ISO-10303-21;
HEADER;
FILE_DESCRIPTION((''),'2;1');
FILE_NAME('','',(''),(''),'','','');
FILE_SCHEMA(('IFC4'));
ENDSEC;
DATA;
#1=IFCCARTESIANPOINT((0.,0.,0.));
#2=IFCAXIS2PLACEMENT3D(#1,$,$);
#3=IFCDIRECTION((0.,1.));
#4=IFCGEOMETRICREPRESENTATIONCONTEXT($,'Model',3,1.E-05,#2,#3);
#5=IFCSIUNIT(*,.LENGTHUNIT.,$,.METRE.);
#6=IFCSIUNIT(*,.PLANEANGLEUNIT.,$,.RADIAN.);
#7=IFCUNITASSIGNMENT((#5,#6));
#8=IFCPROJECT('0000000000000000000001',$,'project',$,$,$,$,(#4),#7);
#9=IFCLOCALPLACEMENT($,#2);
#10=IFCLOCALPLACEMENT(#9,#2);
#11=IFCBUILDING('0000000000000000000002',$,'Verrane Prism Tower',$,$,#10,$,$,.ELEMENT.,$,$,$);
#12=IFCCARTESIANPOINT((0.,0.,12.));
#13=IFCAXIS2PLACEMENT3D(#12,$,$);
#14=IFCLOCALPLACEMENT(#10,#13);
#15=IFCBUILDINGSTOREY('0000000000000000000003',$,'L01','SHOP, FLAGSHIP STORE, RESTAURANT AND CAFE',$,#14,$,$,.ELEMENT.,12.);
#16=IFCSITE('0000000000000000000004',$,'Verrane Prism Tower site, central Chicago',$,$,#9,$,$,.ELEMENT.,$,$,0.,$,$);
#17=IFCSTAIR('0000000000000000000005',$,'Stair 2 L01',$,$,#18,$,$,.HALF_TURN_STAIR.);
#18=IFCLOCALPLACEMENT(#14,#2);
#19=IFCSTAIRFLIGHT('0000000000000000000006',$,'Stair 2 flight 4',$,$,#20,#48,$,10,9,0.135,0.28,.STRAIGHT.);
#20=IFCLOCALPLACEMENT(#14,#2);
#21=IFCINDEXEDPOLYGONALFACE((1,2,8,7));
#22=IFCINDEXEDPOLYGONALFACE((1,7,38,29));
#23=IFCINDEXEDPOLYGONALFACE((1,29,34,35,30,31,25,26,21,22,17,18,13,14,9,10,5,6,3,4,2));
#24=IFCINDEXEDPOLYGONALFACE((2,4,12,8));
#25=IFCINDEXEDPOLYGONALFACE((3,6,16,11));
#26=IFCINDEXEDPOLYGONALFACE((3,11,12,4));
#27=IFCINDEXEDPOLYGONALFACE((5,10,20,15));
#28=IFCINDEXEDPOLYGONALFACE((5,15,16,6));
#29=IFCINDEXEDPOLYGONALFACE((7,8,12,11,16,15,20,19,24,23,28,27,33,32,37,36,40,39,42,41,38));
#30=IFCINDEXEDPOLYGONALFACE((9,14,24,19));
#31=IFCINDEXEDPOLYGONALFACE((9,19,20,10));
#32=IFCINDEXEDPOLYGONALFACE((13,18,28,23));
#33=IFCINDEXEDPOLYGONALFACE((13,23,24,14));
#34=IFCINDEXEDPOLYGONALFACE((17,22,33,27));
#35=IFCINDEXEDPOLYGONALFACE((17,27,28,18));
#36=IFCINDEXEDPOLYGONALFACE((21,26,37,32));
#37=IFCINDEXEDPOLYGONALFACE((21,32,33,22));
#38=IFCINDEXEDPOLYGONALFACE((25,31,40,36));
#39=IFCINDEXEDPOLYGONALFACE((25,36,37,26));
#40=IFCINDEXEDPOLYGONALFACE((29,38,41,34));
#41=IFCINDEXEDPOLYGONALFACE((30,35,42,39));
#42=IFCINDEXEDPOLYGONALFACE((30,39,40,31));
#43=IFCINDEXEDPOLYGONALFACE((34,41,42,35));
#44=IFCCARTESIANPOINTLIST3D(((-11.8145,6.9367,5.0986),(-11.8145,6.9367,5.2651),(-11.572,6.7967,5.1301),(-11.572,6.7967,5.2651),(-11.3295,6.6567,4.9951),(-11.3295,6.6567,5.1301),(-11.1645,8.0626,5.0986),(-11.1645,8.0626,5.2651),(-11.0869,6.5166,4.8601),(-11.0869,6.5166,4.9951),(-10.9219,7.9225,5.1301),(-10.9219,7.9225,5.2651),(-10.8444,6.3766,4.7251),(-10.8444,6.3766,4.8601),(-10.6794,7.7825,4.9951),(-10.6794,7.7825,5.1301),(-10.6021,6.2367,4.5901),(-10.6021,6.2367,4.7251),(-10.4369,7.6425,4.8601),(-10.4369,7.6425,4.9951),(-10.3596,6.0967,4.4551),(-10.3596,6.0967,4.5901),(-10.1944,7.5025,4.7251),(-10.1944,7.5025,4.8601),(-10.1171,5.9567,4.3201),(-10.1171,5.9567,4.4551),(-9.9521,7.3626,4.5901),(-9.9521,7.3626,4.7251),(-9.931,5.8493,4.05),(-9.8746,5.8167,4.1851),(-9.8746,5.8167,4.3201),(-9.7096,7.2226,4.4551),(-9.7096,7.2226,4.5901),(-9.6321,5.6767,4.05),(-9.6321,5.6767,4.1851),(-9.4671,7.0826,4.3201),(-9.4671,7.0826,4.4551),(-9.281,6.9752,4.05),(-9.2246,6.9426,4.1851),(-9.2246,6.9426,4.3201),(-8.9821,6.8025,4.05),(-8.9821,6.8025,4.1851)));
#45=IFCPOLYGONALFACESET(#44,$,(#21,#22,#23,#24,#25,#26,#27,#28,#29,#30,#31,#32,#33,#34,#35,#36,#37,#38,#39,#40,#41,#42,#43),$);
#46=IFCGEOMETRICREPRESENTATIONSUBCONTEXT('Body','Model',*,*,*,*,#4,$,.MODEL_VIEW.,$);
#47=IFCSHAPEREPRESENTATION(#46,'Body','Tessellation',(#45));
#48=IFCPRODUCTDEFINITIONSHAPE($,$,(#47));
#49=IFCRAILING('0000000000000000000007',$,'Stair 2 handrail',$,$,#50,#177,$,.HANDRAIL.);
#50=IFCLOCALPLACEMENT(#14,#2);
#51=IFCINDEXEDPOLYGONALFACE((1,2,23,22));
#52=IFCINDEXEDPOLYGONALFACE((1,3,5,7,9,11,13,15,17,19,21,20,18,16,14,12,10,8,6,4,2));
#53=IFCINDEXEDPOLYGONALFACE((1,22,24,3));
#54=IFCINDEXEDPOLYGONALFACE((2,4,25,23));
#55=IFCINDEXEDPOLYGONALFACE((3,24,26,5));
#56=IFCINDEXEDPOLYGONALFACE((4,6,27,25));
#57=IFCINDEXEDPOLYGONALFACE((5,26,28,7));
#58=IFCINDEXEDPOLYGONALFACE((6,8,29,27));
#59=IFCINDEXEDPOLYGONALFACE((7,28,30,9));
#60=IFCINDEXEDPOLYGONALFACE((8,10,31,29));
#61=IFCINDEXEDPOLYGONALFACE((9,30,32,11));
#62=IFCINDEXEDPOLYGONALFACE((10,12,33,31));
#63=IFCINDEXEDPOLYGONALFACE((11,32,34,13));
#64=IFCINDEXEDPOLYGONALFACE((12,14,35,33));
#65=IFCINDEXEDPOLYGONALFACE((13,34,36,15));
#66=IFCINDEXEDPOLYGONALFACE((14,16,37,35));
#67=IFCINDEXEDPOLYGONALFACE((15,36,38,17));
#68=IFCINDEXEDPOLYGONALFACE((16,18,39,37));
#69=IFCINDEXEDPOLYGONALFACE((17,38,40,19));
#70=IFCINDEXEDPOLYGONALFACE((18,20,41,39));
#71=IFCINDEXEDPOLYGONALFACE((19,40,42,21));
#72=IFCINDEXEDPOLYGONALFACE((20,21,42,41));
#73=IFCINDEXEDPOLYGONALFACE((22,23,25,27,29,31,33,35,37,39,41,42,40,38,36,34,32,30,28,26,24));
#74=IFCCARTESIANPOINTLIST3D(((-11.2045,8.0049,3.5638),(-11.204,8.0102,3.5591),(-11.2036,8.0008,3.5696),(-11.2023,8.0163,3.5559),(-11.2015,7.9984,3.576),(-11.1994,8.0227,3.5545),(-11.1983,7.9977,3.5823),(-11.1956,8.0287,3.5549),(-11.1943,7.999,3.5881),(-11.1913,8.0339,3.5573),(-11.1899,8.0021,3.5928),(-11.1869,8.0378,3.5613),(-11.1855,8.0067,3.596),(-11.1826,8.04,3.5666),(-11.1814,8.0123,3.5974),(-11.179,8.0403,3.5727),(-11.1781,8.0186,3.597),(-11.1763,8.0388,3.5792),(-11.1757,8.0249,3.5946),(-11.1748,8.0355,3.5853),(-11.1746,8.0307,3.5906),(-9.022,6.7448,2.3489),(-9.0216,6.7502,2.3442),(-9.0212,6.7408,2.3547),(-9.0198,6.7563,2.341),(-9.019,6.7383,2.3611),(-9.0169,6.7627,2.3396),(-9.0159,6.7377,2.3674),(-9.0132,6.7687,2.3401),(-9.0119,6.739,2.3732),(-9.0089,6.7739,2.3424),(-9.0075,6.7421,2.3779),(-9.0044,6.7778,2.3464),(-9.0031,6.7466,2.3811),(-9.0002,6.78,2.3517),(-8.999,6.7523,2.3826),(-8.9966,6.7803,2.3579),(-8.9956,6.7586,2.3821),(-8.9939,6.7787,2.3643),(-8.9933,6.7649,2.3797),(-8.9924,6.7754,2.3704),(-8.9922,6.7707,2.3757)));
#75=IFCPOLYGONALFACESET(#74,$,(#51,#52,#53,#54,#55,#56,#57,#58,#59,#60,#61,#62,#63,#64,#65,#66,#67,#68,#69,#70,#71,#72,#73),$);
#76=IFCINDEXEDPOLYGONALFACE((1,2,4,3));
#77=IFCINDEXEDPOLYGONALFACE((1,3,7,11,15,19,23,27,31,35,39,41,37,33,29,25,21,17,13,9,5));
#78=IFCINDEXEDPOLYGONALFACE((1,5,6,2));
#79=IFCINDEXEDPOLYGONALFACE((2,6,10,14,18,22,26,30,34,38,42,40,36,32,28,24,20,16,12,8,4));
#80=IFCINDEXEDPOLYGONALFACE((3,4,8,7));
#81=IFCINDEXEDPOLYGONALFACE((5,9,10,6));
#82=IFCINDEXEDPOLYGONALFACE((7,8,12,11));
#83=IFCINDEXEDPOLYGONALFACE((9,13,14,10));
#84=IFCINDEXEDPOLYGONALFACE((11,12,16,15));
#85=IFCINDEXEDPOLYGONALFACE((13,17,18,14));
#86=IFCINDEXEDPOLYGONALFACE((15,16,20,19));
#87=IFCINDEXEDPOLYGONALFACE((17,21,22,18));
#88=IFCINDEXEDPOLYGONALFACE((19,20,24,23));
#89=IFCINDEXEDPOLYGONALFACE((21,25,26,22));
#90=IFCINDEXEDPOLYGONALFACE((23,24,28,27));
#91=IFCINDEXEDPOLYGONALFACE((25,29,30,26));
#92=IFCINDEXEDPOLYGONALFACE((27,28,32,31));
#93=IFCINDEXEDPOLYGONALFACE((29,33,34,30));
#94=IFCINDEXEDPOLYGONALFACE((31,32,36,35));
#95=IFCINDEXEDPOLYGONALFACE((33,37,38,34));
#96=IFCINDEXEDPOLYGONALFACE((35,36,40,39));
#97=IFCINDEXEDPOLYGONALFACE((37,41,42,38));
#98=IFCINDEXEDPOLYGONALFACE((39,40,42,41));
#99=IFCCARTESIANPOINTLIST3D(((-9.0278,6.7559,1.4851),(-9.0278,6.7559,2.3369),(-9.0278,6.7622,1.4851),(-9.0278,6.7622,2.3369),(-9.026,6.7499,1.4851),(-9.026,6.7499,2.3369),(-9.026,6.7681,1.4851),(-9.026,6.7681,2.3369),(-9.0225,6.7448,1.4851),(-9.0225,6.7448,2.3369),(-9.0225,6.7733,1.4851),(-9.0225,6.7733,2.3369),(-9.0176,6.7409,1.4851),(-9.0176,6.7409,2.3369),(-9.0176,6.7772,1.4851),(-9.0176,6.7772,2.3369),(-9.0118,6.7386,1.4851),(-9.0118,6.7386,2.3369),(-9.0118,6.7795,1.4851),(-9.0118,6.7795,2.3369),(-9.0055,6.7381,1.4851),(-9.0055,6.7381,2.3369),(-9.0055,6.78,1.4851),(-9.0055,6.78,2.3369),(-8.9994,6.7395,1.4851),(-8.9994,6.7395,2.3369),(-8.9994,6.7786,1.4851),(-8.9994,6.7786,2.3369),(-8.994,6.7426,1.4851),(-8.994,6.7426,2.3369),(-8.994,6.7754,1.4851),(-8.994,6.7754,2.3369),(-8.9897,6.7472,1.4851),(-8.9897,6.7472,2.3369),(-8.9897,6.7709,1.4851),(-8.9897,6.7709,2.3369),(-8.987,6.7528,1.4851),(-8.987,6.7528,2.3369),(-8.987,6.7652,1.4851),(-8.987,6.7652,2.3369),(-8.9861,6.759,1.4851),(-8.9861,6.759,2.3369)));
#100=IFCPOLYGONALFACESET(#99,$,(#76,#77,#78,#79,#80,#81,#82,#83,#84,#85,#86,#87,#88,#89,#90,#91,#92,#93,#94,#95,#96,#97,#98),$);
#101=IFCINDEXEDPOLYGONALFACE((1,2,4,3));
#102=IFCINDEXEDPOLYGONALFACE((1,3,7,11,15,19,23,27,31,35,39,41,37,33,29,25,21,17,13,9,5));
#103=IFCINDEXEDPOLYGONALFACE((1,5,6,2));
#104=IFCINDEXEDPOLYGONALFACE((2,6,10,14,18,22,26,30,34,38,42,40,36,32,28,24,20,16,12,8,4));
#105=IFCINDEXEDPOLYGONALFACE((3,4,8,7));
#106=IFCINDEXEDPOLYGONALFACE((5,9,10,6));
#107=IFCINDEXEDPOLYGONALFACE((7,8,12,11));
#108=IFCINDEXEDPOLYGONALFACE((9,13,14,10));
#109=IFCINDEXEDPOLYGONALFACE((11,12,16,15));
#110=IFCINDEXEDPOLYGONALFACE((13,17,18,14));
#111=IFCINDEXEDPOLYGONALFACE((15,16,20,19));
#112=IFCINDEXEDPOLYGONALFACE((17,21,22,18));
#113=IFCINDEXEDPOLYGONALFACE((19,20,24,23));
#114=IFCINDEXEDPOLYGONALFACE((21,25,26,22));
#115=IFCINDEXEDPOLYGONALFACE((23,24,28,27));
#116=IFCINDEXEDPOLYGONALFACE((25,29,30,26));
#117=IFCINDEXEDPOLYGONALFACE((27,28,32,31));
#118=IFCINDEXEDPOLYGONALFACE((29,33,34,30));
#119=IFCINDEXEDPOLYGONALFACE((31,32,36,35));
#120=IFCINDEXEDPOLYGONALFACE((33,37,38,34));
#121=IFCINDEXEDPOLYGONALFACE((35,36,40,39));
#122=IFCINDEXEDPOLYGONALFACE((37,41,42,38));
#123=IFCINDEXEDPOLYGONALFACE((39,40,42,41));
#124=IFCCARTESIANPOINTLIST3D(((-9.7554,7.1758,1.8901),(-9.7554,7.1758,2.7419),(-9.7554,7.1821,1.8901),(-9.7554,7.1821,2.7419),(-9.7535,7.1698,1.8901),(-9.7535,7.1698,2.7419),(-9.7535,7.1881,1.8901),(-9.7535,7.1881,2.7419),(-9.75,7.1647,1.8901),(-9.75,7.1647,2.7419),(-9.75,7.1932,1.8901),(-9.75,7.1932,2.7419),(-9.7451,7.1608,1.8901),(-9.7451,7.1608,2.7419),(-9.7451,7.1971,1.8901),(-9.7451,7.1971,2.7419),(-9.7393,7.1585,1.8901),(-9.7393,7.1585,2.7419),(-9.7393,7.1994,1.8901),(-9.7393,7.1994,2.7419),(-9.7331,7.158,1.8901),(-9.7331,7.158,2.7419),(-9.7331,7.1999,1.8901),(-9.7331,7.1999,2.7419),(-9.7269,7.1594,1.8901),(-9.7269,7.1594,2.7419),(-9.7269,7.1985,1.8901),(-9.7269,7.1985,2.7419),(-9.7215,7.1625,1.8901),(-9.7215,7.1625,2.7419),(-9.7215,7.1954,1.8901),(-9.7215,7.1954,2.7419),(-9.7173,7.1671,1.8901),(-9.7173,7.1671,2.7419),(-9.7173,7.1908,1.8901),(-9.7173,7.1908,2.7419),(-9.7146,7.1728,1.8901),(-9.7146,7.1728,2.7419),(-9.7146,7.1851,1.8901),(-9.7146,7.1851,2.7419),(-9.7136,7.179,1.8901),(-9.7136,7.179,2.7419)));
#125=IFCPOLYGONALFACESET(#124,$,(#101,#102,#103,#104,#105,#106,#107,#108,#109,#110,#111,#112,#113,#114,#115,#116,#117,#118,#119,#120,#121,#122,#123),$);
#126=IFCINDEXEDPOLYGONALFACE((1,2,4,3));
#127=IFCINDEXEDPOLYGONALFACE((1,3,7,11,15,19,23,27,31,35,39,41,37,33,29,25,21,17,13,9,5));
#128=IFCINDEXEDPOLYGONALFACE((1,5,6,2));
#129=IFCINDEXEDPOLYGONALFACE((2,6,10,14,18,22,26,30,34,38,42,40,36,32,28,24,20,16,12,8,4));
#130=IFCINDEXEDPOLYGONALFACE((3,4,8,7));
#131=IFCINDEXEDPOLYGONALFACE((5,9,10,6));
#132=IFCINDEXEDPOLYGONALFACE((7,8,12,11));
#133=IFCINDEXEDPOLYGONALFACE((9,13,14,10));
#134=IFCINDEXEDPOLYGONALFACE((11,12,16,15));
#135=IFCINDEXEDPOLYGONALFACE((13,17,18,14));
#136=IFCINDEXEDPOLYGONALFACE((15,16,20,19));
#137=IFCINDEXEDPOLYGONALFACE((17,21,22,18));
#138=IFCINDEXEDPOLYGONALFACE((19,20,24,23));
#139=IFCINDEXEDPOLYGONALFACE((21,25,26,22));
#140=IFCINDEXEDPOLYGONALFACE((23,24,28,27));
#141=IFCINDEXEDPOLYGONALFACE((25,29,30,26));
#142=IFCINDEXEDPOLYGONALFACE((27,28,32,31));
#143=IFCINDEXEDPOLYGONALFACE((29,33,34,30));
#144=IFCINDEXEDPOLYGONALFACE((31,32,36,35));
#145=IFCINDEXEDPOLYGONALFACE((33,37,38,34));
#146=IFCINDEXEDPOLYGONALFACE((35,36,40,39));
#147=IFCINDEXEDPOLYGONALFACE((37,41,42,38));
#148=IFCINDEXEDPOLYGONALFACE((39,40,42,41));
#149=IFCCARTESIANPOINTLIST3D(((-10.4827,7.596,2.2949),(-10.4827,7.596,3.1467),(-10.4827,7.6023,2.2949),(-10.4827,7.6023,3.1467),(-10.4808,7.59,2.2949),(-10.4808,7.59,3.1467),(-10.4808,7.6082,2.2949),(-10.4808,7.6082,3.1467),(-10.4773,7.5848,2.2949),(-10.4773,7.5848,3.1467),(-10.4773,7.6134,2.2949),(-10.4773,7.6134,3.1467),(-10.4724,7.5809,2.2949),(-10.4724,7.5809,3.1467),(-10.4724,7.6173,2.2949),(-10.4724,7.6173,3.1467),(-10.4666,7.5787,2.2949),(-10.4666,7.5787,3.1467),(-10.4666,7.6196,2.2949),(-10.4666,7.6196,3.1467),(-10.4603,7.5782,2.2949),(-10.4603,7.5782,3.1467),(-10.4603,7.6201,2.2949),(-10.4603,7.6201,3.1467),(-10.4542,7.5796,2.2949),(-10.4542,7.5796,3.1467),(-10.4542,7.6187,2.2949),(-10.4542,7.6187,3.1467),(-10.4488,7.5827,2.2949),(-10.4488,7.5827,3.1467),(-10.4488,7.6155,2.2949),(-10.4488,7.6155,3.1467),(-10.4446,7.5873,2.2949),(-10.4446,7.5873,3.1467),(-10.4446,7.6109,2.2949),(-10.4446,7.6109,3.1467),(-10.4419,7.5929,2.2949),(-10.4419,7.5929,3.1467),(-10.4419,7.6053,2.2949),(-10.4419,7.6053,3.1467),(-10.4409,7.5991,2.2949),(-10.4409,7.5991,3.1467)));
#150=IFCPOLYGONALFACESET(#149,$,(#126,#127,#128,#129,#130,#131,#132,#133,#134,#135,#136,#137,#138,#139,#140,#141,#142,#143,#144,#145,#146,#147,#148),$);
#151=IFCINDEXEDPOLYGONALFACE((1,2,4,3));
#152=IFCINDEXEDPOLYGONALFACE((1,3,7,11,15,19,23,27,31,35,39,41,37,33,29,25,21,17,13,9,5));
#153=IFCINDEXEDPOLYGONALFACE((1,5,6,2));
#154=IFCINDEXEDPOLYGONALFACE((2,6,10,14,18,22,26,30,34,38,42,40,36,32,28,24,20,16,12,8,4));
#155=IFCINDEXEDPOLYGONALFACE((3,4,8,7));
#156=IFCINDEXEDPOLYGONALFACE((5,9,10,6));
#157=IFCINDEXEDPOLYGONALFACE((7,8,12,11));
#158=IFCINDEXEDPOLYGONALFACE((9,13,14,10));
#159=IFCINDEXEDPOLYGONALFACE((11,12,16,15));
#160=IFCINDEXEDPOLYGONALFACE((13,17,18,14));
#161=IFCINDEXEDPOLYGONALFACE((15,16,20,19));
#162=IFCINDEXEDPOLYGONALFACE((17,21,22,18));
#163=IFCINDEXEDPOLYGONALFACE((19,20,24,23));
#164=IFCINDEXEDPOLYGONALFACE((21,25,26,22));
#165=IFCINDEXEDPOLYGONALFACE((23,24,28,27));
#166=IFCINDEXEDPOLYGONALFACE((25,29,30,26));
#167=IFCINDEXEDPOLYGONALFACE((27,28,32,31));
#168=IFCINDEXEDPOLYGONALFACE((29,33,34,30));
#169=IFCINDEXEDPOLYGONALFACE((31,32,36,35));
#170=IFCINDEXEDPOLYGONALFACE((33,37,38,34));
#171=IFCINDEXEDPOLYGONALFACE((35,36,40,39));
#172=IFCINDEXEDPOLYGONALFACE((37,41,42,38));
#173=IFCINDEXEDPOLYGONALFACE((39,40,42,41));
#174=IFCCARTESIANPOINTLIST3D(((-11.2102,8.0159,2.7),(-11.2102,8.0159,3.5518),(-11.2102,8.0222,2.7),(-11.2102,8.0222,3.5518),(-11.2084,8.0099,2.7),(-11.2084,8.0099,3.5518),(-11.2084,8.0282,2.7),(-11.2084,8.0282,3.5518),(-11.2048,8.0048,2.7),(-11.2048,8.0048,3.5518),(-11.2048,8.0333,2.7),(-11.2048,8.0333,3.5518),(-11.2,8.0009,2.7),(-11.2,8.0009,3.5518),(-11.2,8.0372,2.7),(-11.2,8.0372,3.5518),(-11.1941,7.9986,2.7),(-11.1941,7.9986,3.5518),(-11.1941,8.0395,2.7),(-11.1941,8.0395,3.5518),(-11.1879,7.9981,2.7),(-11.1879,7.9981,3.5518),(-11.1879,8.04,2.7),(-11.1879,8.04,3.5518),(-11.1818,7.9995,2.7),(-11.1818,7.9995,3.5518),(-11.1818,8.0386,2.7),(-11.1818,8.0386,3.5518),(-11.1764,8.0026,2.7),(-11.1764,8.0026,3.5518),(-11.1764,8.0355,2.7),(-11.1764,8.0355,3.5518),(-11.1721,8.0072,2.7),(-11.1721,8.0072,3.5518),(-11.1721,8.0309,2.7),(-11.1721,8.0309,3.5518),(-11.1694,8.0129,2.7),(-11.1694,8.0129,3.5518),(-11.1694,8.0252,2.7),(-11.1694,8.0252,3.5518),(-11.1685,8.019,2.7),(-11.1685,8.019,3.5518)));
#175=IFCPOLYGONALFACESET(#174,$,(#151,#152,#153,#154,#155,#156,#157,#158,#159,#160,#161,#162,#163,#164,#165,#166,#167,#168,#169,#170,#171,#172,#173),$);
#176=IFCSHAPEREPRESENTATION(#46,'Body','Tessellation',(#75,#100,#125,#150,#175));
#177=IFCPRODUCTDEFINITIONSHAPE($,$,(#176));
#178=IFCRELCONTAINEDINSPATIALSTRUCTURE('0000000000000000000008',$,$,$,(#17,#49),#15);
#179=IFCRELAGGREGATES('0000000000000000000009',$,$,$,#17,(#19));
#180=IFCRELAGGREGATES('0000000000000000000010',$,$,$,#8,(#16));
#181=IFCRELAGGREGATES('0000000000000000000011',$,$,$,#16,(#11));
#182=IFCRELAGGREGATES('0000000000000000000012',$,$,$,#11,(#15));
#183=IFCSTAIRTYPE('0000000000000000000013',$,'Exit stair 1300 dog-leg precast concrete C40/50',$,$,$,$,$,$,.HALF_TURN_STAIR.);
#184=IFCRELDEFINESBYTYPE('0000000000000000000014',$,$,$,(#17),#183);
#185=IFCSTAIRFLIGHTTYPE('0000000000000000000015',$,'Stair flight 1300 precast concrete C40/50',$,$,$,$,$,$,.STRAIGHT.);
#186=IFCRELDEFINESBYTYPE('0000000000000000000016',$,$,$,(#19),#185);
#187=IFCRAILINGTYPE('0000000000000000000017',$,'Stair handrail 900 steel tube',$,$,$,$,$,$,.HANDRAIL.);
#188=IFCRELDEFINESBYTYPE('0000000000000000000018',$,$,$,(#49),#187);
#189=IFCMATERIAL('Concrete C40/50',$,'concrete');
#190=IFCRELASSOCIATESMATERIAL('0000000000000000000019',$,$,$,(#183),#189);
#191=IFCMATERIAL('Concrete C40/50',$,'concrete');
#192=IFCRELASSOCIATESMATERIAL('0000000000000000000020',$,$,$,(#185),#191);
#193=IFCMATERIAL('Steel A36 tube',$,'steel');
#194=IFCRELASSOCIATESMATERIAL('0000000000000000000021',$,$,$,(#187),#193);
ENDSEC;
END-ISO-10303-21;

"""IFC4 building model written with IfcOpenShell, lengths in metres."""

from ifc_helpers import new_model, si_unit, direction, frame, origin, origin_2d, place, context, subcontext, project, spatial, polyline, circle, outline, extrude, material, type_object, element, aggregate, save


model = new_model("IFC4")

# Units and contexts
model_context = context("Model", 3, precision=1e-05, world=origin(), true_north=direction((0.0, 1.0)))
body_context = subcontext(model_context, "Body", "Model", "MODEL_VIEW")
ifc_project = project(units=[si_unit("LENGTHUNIT", "METRE"), si_unit("PLANEANGLEUNIT", "RADIAN")], contexts=[model_context])

# Site, building, storey
site_placement = place(None, origin())
site = spatial("IfcSite", under=ifc_project, at=site_placement, Name="Verrane Prism Tower site, central Chicago", CompositionType="ELEMENT", RefElevation=0.0)
building_placement = place(site_placement, origin())
building = spatial("IfcBuilding", under=site, at=building_placement, Name="Verrane Prism Tower", CompositionType="ELEMENT")
storey_placement = place(building_placement, frame((0.0, 0.0, 12.0)))
storey = spatial("IfcBuildingStorey", under=building, at=storey_placement, Name="L01", Description="SHOP, FLAGSHIP STORE, RESTAURANT AND CAFE", CompositionType="ELEMENT", Elevation=12.0)

# Stair, stair flight
ifc_material_1 = material(Name="Concrete C40/50", Category="concrete")
stair_type = type_object("IfcStairType", Name="Exit stair 1300 dog-leg precast concrete C40/50", PredefinedType="HALF_TURN_STAIR", material=ifc_material_1)
stair_placement = place(storey_placement, origin())
stair = element("IfcStair", 1, at=stair_placement, inside=storey, type_object=stair_type, Name="Stair 2 L01", PredefinedType="HALF_TURN_STAIR")
ifc_material_2 = material(Name="Concrete C40/50", Category="concrete")
stair_flight_type = type_object("IfcStairFlightType", Name="Stair flight 1300 precast concrete C40/50", PredefinedType="STRAIGHT", material=ifc_material_2)
stair_flight_placement = place(storey_placement, frame((-9.3071, 6.2395, 4.05), z_axis=(0.0, 0.0, 1.0), x_axis=(-0.866025, 0.5, 0.0)))
stair_flight = element("IfcStairFlight", 2, at=stair_flight_placement, type_object=stair_flight_type, Name="Stair 2 flight 4", NumberOfRisers=10, NumberOfTreads=9, PredefinedType="STRAIGHT", RiserHeight=0.135, TreadLength=0.28, context=body_context, shape_type="SweptSolid", body=[
    extrude(outline(polyline([(0.0, 0.0), (0.0, 0.135), (0.28, 0.135), (0.28, 0.27), (0.5601, 0.27), (0.5601, 0.405), (0.8401, 0.405), (0.8401, 0.54), (1.1201, 0.54), (1.1201, 0.675), (1.3999, 0.675), (1.3999, 0.8101), (1.6799, 0.8101), (1.6799, 0.9451), (1.96, 0.9451), (1.96, 1.0801), (2.24, 1.0801), (2.24, 1.2151), (2.52, 1.2151), (2.52, 1.3501), (2.52, 1.0486), (0.3452, 0.0), (0.0, 0.0)])), frame((0.0, 0.6499, 0.0), z_axis=(0.0, -1.0, 0.0), x_axis=(1.0, 0.0, 0.0)), (0.0, 0.0, 1.0), 1.3),
])
aggregate(stair, [stair_flight])

# Railing
ifc_material_3 = material(Name="Steel A36 tube", Category="steel")
railing_type = type_object("IfcRailingType", Name="Stair handrail 900 steel tube", PredefinedType="HANDRAIL", material=ifc_material_3)
for number, where, name in (
    (3, (-9.0071, 6.759, 1.4851), "Stair 2 handrail"),
):
    element("IfcRailing", number, at=place(storey_placement, frame(where)), inside=storey, type_object=railing_type, Name=name, PredefinedType="HANDRAIL", context=body_context, shape_type="SweptSolid", body=[
        extrude(circle(Radius=0.0239, at=origin_2d()), frame((0.0, 0.0, 0.876), z_axis=(-0.780105, 0.450399, 0.434255), x_axis=(-0.500005, -0.866023, 0.0)), (0.0, 0.0, 1.0), 2.7976),
        extrude(circle(Radius=0.021, at=origin_2d()), origin(), (0.0, 0.0, 1.0), 0.8518),
        extrude(circle(Radius=0.021, at=origin_2d()), frame((-0.7275, 0.4199, 0.405)), (0.0, 0.0, 1.0), 0.8518),
        extrude(circle(Radius=0.021, at=origin_2d()), frame((-1.4548, 0.8401, 0.8098)), (0.0, 0.0, 1.0), 0.8518),
        extrude(circle(Radius=0.021, at=origin_2d()), frame((-2.1824, 1.26, 1.2148)), (0.0, 0.0, 1.0), 0.8518),
    ])

save(model, "model.ifc")
